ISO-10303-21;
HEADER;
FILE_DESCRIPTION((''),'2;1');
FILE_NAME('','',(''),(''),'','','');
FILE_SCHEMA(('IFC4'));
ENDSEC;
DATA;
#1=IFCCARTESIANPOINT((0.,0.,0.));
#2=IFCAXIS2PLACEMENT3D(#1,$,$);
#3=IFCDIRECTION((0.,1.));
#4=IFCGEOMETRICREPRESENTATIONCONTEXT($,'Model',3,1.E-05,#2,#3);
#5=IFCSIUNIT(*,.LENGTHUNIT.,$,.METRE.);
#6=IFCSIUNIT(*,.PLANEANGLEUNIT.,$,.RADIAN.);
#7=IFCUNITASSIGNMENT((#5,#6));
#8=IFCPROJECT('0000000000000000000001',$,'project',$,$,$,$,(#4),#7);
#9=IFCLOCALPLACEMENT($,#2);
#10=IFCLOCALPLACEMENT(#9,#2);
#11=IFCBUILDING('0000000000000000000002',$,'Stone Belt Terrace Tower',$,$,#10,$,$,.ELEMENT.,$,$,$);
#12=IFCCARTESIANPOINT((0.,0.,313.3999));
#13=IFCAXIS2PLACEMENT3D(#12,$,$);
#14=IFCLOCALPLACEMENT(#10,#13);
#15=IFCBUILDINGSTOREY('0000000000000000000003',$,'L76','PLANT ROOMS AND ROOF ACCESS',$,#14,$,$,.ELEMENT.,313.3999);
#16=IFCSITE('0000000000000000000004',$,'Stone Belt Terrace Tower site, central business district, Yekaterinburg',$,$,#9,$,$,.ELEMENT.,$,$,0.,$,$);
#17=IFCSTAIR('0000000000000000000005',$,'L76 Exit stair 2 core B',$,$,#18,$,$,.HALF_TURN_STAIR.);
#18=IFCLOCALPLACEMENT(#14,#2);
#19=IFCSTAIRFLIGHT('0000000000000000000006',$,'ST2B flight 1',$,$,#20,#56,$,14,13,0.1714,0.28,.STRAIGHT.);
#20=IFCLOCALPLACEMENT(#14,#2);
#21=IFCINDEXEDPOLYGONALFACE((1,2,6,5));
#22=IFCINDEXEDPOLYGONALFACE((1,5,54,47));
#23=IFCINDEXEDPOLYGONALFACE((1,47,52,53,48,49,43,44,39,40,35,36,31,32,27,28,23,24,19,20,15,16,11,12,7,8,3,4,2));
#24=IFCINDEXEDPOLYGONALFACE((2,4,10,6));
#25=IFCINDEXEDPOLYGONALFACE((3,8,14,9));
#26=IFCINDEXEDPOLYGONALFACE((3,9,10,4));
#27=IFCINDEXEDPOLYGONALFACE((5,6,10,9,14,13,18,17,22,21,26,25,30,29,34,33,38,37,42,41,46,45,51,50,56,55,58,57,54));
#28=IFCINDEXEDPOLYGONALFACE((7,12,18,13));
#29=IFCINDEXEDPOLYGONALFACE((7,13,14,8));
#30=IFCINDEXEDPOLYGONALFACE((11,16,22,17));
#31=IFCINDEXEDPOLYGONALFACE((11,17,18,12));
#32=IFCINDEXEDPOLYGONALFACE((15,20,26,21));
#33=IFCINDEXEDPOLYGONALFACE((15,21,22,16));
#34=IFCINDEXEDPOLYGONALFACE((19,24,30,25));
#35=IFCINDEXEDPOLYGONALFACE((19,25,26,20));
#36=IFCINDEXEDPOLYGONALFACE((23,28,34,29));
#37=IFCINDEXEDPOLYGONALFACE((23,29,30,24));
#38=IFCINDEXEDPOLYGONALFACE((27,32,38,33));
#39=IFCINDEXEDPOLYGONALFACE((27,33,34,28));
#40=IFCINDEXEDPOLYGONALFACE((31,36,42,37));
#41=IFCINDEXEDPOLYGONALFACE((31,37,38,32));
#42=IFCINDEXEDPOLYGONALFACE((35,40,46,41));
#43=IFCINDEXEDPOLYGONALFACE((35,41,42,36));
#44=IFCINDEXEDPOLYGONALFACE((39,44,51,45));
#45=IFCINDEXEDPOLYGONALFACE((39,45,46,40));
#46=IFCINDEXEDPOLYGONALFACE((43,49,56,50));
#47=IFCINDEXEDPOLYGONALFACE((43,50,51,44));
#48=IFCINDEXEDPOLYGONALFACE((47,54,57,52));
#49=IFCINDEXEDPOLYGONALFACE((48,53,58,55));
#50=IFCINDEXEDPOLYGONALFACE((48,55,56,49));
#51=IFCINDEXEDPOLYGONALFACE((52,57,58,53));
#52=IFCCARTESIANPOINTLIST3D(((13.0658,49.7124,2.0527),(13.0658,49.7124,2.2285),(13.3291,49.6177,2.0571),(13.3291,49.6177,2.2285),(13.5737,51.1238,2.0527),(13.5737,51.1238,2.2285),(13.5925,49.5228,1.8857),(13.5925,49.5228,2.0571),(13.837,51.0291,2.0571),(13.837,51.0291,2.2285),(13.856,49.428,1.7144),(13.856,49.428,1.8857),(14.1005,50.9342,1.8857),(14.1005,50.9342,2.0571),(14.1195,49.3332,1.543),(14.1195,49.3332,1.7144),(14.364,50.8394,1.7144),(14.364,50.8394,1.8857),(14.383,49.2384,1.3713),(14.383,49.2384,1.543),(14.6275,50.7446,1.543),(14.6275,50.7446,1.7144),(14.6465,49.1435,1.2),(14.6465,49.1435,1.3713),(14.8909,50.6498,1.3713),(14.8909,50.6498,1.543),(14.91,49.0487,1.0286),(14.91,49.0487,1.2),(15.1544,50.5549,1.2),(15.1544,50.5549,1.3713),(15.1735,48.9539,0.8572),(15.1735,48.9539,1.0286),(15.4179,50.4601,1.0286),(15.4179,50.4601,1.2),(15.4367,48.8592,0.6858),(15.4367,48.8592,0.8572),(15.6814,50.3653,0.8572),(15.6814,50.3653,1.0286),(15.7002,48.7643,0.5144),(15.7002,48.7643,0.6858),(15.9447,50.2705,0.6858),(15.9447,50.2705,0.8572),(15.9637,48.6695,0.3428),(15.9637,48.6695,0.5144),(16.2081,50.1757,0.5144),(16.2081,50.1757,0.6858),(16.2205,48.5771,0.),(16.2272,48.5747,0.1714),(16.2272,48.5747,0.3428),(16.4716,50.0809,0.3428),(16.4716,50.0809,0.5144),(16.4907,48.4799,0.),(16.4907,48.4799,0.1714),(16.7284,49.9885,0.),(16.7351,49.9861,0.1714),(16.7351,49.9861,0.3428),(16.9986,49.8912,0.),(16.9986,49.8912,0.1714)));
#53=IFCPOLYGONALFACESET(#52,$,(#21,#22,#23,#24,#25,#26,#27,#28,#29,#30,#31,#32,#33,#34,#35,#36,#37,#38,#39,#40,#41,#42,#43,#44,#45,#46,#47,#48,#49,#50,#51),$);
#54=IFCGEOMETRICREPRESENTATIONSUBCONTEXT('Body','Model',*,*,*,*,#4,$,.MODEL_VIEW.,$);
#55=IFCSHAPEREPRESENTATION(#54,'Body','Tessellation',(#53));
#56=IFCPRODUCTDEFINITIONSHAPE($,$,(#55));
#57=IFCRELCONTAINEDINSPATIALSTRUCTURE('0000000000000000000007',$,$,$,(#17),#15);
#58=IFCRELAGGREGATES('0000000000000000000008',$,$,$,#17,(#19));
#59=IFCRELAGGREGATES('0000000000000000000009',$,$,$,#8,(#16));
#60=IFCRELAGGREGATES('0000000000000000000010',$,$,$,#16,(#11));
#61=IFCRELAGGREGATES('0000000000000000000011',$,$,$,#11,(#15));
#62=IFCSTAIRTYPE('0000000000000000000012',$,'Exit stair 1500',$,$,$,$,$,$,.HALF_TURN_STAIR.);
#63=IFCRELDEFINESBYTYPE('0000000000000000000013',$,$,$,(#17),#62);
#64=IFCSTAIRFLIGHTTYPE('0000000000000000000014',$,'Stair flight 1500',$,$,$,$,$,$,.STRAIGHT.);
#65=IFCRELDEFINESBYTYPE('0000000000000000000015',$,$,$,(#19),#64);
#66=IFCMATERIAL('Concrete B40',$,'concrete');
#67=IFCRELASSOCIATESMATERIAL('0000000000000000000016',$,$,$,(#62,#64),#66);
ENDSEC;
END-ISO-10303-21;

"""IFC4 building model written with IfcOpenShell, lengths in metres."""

from ifc_helpers import new_model, si_unit, direction, frame, origin, place, context, subcontext, project, spatial, polyline, outline, extrude, material, type_object, element, aggregate, save


model = new_model("IFC4")

# Units and contexts
model_context = context("Model", 3, precision=1e-05, world=origin(), true_north=direction((0.0, 1.0)))
body_context = subcontext(model_context, "Body", "Model", "MODEL_VIEW")
ifc_project = project(units=[si_unit("LENGTHUNIT", "METRE"), si_unit("PLANEANGLEUNIT", "RADIAN")], contexts=[model_context])

# Site, building, storey
site_placement = place(None, origin())
site = spatial("IfcSite", under=ifc_project, at=site_placement, Name="Stone Belt Terrace Tower site, central business district, Yekaterinburg", CompositionType="ELEMENT", RefElevation=0.0)
building_placement = place(site_placement, origin())
building = spatial("IfcBuilding", under=site, at=building_placement, Name="Stone Belt Terrace Tower", CompositionType="ELEMENT")
storey_placement = place(building_placement, frame((0.0, 0.0, 313.3999)))
storey = spatial("IfcBuildingStorey", under=building, at=storey_placement, Name="L76", Description="PLANT ROOMS AND ROOF ACCESS", CompositionType="ELEMENT", Elevation=313.3999)

# Stair, stair flight
ifc_material_1 = material(Name="Concrete B40", Category="concrete")
stair_type = type_object("IfcStairType", Name="Exit stair 1500", PredefinedType="HALF_TURN_STAIR", material=ifc_material_1)
stair_placement = place(storey_placement, origin())
stair = element("IfcStair", 1, at=stair_placement, inside=storey, type_object=stair_type, Name="L76 Exit stair 2 core B", PredefinedType="HALF_TURN_STAIR")
stair_flight_type = type_object("IfcStairFlightType", Name="Stair flight 1500", PredefinedType="STRAIGHT", material=ifc_material_1)
stair_flight_placement = place(storey_placement, frame((16.7446, 49.1855, 0.0), z_axis=(0.0, 0.0, 1.0), x_axis=(-0.940922, 0.338624, 0.0)))
stair_flight = element("IfcStairFlight", 2, at=stair_flight_placement, type_object=stair_flight_type, Name="ST2B flight 1", NumberOfRisers=14, NumberOfTreads=13, PredefinedType="STRAIGHT", RiserHeight=0.1714, TreadLength=0.28, context=body_context, shape_type="SweptSolid", body=[
    extrude(outline(polyline([(0.0, 0.0), (0.0, 0.1714), (0.28, 0.1714), (0.28, 0.3428), (0.5601, 0.3428), (0.5601, 0.5144), (0.8401, 0.5144), (0.8401, 0.6858), (1.1201, 0.6858), (1.1201, 0.8572), (1.3999, 0.8572), (1.3999, 1.0286), (1.6799, 1.0286), (1.6799, 1.2), (1.96, 1.2), (1.96, 1.3713), (2.24, 1.3713), (2.24, 1.543), (2.52, 1.543), (2.52, 1.7144), (2.8, 1.7144), (2.8, 1.8857), (3.0801, 1.8857), (3.0801, 2.0571), (3.3601, 2.0571), (3.3601, 2.2285), (3.6399, 2.2285), (3.6399, 2.3999), (3.6399, 2.0527), (0.2871, 0.0), (0.0, 0.0)])), frame((0.0, 0.75, 0.0), z_axis=(0.0, -1.0, 0.0), x_axis=(1.0, 0.0, 0.0)), (0.0, 0.0, 1.0), 1.5),
])
aggregate(stair, [stair_flight])

save(model, "model.ifc")
